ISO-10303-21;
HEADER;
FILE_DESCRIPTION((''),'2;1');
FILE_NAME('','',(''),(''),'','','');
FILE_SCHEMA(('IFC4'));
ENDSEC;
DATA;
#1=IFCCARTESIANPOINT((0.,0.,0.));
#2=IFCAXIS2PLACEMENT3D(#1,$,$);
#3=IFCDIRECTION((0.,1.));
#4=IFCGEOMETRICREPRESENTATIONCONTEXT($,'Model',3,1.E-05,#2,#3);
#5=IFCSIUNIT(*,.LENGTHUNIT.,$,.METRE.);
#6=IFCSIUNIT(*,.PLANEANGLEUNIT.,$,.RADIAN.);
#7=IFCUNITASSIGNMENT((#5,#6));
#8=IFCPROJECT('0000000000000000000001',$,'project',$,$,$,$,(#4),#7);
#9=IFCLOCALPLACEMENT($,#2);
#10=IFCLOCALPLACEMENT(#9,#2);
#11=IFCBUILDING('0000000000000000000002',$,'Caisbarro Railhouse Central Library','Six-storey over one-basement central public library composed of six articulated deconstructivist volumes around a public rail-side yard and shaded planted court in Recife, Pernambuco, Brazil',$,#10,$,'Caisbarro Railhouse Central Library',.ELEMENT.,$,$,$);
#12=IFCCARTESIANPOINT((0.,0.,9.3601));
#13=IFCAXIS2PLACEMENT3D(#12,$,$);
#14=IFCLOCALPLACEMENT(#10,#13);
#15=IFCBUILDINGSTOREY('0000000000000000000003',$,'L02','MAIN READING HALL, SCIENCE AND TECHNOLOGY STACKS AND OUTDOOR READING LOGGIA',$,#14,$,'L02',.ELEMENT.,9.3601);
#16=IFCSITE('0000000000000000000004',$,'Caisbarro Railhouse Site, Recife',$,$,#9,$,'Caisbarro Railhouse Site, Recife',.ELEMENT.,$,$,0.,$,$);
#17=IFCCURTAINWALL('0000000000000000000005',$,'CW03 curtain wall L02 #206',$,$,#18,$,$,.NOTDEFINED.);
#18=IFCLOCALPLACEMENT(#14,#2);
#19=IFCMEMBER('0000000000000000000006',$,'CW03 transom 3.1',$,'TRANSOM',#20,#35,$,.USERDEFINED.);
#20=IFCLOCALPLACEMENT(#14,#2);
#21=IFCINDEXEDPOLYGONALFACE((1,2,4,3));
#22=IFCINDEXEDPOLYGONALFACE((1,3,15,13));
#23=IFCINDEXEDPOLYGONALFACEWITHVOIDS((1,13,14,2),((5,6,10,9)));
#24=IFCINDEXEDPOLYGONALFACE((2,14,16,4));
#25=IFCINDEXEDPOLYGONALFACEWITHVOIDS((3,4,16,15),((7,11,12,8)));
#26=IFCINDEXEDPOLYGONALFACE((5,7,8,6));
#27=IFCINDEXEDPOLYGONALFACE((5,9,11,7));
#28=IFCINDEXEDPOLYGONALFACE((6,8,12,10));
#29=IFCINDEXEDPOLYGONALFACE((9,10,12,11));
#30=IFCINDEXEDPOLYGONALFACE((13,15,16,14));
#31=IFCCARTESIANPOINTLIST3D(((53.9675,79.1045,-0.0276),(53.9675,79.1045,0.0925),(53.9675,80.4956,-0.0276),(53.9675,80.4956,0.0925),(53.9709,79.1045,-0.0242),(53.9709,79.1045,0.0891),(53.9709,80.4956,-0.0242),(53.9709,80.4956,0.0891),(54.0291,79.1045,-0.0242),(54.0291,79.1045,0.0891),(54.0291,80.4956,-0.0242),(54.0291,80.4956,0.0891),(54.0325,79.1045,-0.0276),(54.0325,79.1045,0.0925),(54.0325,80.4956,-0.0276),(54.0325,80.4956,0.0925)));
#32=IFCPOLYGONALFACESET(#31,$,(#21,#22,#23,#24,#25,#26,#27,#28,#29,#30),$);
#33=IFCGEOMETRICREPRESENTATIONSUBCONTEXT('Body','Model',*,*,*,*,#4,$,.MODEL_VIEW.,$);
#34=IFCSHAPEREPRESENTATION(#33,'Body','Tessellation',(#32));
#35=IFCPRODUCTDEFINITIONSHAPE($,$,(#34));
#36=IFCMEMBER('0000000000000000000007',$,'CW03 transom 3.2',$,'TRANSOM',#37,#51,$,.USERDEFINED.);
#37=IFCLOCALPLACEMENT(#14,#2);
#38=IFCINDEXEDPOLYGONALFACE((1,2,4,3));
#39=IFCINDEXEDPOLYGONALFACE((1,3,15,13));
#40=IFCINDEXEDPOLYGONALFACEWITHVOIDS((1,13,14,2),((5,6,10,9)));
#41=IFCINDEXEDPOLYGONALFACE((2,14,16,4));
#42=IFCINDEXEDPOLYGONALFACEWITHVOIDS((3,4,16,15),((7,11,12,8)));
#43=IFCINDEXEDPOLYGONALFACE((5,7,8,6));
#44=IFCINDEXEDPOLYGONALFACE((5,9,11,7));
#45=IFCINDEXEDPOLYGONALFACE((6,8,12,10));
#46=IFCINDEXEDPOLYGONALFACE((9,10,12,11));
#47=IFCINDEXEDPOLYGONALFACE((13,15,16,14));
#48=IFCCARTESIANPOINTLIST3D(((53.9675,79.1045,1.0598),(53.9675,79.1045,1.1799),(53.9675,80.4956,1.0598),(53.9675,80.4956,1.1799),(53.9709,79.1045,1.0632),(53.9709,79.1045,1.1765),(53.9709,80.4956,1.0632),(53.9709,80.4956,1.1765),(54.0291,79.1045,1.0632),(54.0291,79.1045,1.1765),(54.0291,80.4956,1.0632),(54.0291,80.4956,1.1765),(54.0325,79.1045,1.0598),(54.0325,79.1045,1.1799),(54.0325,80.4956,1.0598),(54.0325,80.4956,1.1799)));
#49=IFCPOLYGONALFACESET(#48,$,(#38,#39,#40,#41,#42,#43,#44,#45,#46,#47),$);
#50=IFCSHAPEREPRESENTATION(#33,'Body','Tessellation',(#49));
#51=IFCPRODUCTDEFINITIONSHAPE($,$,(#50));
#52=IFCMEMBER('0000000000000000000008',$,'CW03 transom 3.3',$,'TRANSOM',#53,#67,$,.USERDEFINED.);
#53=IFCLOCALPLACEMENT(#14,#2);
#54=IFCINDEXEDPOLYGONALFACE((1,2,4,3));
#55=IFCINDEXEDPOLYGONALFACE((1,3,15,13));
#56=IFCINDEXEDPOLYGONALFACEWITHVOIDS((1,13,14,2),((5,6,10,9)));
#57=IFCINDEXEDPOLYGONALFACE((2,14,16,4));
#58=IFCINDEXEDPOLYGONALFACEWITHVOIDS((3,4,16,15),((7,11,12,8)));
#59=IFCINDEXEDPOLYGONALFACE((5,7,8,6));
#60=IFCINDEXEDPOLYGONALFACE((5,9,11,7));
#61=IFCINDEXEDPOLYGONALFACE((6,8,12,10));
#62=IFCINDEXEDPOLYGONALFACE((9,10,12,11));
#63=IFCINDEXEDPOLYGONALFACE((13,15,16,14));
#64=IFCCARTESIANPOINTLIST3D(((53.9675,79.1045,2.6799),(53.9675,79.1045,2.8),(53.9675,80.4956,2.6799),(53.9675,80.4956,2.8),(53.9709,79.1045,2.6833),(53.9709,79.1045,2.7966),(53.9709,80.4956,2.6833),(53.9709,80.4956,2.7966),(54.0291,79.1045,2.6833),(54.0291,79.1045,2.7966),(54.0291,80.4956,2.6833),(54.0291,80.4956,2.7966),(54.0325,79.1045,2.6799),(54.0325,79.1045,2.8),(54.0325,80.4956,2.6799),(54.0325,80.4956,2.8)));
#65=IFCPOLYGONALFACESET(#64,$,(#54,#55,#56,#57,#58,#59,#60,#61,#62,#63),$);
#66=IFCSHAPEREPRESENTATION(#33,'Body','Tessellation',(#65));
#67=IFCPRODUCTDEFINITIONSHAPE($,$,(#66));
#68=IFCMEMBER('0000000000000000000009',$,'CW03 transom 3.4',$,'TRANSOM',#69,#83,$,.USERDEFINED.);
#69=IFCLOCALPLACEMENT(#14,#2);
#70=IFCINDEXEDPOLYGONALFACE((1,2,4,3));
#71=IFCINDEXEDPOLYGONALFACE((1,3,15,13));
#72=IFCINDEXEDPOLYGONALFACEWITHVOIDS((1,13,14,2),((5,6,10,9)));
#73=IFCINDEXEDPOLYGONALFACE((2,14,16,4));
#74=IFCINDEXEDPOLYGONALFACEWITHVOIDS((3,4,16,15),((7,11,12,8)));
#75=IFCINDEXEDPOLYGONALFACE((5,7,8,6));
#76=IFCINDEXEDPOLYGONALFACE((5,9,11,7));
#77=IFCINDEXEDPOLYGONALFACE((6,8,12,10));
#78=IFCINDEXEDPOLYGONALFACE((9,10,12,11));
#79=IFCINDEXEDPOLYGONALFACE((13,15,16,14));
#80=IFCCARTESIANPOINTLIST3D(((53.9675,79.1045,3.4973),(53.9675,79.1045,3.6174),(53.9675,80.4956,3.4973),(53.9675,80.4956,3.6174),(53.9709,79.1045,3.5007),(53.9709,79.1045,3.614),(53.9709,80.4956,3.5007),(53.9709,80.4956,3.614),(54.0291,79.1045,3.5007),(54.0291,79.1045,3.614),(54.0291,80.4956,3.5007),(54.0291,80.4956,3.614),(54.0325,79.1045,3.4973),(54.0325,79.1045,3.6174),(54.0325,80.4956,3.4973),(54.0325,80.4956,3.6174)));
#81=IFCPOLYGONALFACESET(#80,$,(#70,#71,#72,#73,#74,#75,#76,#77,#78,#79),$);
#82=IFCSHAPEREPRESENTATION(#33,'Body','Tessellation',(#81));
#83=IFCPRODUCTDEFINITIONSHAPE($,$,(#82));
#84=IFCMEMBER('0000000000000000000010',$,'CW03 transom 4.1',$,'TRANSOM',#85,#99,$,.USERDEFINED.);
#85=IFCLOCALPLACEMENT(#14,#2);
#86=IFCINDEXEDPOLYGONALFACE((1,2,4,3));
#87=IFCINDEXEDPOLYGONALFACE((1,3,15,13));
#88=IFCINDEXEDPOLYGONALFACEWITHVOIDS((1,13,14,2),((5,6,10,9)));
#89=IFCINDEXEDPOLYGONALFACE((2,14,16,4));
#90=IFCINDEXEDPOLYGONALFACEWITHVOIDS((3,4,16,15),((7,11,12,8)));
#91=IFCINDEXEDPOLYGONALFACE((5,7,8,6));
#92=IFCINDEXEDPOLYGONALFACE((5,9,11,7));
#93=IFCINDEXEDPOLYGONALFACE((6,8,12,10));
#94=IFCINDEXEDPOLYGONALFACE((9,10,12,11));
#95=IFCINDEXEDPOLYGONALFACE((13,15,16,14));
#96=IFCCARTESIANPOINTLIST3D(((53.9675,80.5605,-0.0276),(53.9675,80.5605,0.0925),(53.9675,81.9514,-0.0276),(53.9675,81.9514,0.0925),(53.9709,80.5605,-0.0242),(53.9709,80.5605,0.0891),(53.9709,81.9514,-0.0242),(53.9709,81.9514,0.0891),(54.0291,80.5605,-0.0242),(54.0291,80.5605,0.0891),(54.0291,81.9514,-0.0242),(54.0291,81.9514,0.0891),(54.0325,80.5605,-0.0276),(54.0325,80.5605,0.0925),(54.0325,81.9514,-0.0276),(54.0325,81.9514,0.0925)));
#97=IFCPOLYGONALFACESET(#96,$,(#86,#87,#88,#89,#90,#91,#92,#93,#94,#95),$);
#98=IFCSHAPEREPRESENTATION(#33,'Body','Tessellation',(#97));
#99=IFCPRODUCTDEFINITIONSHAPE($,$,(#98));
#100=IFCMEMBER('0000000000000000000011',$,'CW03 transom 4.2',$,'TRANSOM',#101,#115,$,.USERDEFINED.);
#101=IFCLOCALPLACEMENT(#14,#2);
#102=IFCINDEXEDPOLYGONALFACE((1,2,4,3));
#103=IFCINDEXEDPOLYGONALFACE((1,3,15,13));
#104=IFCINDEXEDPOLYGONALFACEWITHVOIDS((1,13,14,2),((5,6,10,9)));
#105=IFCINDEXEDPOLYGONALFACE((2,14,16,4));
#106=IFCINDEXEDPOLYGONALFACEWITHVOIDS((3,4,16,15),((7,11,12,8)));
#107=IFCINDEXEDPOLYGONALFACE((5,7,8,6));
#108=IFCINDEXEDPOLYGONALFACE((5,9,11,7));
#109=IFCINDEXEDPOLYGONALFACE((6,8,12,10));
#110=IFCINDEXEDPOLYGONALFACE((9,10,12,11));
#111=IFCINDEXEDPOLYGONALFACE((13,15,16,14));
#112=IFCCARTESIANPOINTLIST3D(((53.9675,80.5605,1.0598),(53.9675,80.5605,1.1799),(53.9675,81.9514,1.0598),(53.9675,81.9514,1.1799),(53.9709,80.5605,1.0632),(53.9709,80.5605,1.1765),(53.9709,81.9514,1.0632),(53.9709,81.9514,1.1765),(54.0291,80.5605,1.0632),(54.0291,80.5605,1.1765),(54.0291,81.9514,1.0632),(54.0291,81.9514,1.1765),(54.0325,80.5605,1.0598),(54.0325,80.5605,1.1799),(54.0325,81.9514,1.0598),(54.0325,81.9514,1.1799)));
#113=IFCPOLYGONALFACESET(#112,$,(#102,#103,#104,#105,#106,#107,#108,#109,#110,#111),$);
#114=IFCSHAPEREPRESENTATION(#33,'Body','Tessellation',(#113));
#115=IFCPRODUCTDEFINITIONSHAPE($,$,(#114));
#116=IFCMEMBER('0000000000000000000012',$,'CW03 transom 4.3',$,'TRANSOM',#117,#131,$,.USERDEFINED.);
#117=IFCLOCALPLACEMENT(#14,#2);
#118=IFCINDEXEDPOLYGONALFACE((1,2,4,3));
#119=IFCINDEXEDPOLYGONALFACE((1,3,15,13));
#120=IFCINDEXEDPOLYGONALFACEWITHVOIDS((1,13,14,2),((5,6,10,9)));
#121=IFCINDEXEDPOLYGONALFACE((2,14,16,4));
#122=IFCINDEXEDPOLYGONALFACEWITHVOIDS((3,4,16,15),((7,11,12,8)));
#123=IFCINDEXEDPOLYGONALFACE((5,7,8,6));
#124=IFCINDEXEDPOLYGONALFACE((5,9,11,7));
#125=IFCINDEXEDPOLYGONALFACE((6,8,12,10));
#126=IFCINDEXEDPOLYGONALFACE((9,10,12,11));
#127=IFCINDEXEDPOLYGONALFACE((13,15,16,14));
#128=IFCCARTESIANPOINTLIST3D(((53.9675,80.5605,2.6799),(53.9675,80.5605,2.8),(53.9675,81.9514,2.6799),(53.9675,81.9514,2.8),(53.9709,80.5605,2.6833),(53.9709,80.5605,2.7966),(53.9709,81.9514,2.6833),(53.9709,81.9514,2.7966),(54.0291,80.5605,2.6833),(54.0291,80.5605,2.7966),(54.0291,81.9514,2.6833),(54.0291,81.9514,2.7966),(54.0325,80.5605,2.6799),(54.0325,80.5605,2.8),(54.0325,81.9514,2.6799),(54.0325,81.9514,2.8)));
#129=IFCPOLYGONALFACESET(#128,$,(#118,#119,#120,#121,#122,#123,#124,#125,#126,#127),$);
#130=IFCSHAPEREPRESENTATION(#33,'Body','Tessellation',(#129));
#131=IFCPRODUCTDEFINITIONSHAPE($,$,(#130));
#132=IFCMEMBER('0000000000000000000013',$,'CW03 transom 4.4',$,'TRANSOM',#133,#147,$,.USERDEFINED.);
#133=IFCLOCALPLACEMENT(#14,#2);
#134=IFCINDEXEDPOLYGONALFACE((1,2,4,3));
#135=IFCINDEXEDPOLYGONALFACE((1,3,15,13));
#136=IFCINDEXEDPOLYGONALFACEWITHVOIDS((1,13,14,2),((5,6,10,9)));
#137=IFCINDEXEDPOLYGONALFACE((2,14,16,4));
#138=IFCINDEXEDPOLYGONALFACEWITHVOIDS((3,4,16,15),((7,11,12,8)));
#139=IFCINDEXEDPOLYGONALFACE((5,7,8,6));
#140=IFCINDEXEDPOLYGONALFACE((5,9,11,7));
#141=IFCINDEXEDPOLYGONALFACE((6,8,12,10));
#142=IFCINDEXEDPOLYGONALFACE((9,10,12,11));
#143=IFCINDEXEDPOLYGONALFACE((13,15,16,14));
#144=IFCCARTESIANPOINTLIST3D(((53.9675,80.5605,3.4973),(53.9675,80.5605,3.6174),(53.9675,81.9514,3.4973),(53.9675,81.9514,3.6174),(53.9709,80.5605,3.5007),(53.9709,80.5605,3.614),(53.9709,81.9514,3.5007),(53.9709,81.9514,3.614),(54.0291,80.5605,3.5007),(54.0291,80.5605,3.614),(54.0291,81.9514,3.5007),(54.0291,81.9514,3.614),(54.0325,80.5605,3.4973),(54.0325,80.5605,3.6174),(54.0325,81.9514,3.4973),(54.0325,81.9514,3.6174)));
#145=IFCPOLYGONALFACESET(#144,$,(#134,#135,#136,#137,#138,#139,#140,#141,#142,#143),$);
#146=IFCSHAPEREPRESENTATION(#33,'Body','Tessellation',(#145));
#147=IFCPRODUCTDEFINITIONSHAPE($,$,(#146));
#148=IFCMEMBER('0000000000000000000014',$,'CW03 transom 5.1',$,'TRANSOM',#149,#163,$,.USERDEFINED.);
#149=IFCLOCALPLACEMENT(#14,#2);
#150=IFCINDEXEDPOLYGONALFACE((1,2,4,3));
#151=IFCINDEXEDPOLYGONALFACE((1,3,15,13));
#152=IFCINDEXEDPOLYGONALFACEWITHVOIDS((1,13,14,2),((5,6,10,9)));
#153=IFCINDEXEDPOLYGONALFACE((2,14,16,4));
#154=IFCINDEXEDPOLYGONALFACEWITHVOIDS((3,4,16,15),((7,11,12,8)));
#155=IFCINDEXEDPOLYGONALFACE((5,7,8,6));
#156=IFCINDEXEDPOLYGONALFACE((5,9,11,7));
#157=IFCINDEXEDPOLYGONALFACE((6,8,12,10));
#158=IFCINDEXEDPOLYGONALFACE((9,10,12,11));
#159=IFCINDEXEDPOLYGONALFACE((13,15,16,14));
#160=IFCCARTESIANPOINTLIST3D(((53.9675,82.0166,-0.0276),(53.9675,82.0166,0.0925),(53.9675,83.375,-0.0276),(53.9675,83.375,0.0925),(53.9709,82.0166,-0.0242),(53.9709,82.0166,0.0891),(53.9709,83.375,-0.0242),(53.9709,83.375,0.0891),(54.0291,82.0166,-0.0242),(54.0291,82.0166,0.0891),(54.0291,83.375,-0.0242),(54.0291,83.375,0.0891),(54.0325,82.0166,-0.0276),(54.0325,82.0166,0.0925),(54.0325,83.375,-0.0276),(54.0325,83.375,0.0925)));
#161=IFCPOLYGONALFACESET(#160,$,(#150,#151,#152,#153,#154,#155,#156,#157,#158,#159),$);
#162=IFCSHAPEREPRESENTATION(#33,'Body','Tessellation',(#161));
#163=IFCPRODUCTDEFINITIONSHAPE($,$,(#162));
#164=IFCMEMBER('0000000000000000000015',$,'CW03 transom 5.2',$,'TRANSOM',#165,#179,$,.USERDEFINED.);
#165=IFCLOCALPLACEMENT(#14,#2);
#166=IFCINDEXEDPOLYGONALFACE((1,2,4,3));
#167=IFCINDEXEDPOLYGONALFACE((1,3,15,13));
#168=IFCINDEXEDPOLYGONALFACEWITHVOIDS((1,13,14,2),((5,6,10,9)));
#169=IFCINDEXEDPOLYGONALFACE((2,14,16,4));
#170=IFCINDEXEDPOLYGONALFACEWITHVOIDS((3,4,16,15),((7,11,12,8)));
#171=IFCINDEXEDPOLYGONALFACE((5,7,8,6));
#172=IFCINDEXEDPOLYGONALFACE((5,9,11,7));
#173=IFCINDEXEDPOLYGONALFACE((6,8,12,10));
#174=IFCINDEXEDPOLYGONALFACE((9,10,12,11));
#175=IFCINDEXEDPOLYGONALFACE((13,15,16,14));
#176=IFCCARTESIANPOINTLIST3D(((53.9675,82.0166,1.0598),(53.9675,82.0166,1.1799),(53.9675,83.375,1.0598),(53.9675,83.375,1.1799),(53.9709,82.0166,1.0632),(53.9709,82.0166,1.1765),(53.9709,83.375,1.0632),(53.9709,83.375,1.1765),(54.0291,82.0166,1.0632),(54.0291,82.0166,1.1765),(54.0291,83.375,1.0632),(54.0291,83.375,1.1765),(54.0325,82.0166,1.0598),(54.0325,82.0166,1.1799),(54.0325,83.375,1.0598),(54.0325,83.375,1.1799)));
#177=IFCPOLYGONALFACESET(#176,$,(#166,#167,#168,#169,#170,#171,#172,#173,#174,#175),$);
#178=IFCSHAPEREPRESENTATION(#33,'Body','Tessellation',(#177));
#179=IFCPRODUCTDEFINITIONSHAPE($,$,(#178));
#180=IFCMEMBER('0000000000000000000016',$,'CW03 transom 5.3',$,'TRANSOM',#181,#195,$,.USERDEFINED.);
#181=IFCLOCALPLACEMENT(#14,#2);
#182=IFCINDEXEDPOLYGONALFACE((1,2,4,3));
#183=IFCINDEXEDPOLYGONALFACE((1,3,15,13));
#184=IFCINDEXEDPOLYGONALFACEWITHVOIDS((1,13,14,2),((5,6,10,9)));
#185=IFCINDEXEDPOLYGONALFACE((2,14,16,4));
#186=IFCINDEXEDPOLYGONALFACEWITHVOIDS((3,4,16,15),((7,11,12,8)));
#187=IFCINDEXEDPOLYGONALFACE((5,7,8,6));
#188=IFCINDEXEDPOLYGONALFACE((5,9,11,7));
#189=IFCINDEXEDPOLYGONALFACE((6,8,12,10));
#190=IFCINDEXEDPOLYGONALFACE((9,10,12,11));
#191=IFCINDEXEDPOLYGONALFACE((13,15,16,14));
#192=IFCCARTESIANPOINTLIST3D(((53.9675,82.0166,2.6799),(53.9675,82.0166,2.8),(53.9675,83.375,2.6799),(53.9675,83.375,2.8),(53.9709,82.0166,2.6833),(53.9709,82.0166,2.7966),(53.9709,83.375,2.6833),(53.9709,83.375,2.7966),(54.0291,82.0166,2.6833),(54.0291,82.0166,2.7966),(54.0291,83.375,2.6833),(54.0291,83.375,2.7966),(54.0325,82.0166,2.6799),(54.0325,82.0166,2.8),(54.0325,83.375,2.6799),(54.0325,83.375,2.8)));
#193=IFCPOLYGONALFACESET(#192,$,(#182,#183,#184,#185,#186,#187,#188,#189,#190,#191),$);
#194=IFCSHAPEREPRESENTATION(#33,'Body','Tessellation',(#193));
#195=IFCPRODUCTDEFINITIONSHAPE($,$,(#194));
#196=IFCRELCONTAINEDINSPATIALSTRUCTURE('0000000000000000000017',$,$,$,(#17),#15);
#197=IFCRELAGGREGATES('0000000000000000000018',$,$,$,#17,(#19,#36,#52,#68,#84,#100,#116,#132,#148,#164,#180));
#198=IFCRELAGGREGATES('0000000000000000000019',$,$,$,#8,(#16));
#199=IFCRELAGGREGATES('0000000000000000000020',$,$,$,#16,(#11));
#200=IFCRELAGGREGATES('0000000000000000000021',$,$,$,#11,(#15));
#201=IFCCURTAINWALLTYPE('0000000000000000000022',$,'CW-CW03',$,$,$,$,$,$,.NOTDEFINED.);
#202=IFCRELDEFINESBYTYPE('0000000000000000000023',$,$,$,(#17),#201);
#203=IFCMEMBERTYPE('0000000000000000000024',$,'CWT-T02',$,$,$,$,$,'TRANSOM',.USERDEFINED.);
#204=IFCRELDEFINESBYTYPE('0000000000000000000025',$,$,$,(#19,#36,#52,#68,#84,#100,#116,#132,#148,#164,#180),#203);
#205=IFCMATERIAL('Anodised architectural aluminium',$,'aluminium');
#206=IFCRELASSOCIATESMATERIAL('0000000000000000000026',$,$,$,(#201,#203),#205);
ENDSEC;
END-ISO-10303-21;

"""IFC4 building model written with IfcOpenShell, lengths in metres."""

from ifc_helpers import new_model, si_unit, direction, frame, origin, origin_2d, place, context, subcontext, project, spatial, hollow_rectangle, extrude, material, material_profile, profile_set, type_object, element, aggregate, save


model = new_model("IFC4")

# Units and contexts
model_context = context("Model", 3, precision=1e-05, world=origin(), true_north=direction((0.0, 1.0)))
body_context = subcontext(model_context, "Body", "Model", "MODEL_VIEW")
ifc_project = project(units=[si_unit("LENGTHUNIT", "METRE"), si_unit("PLANEANGLEUNIT", "RADIAN")], contexts=[model_context])

# Site, building, storey
site_placement = place(None, origin())
site = spatial("IfcSite", under=ifc_project, at=site_placement, Name="Caisbarro Railhouse Site, Recife", LongName="Caisbarro Railhouse Site, Recife", CompositionType="ELEMENT", RefElevation=0.0)
building_placement = place(site_placement, origin())
building = spatial("IfcBuilding", under=site, at=building_placement, Name="Caisbarro Railhouse Central Library", Description="Six-storey over one-basement central public library composed of six articulated deconstructivist volumes around a public rail-side yard and shaded planted court in Recife, Pernambuco, Brazil", LongName="Caisbarro Railhouse Central Library", CompositionType="ELEMENT")
storey_placement = place(building_placement, frame((0.0, 0.0, 9.3601)))
storey = spatial("IfcBuildingStorey", under=building, at=storey_placement, Name="L02", Description="MAIN READING HALL, SCIENCE AND TECHNOLOGY STACKS AND OUTDOOR READING LOGGIA", LongName="L02", CompositionType="ELEMENT", Elevation=9.3601)

# Curtain wall, members
ifc_material_1 = material(Name="Anodised architectural aluminium", Category="aluminium")
curtain_wall_type = type_object("IfcCurtainWallType", Name="CW-CW03", PredefinedType="NOTDEFINED", material=ifc_material_1)
curtain_wall_placement = place(storey_placement, origin())
curtain_wall = element("IfcCurtainWall", 1, at=curtain_wall_placement, inside=storey, type_object=curtain_wall_type, Name="CW03 curtain wall L02 #206", PredefinedType="NOTDEFINED")
ifc_material_profile_1 = material_profile(ifc_material_1, hollow_rectangle(XDim=0.0649, YDim=0.1201, WallThickness=0.0034, at=origin_2d()), Name="ALU-TRN-65X120")
ifc_profile_set_1 = profile_set([ifc_material_profile_1], Name="Anodised architectural aluminium")
member_type_1 = type_object("IfcMemberType", Name="CWT-T02", ElementType="TRANSOM", PredefinedType="USERDEFINED", material=ifc_profile_set_1)
member_1_placement = place(storey_placement, frame((54.0, 79.1045, 0.0325), z_axis=(0.0, 1.0, 0.0), x_axis=(-1.0, 0.0, 0.0)))
member_1 = element("IfcMember", 2, at=member_1_placement, type_object=member_type_1, Name="CW03 transom 3.1", ObjectType="TRANSOM", PredefinedType="USERDEFINED", context=body_context, shape_type="SweptSolid", body=[
    extrude(hollow_rectangle(XDim=0.0649, YDim=0.1201, WallThickness=0.0034, at=origin_2d()), origin(), (0.0, 0.0, 1.0), 1.3911),
])
member_2_placement = place(storey_placement, frame((54.0, 79.1045, 1.1199), z_axis=(0.0, 1.0, 0.0), x_axis=(-1.0, 0.0, 0.0)))
member_2 = element("IfcMember", 3, at=member_2_placement, type_object=member_type_1, Name="CW03 transom 3.2", ObjectType="TRANSOM", PredefinedType="USERDEFINED", context=body_context, shape_type="SweptSolid", body=[
    extrude(hollow_rectangle(XDim=0.0649, YDim=0.1201, WallThickness=0.0034, at=origin_2d()), origin(), (0.0, 0.0, 1.0), 1.3911),
])
member_3_placement = place(storey_placement, frame((54.0, 79.1045, 2.74), z_axis=(0.0, 1.0, 0.0), x_axis=(-1.0, 0.0, 0.0)))
member_3 = element("IfcMember", 4, at=member_3_placement, type_object=member_type_1, Name="CW03 transom 3.3", ObjectType="TRANSOM", PredefinedType="USERDEFINED", context=body_context, shape_type="SweptSolid", body=[
    extrude(hollow_rectangle(XDim=0.0649, YDim=0.1201, WallThickness=0.0034, at=origin_2d()), origin(), (0.0, 0.0, 1.0), 1.3911),
])
member_4_placement = place(storey_placement, frame((54.0, 79.1045, 3.5574), z_axis=(0.0, 1.0, 0.0), x_axis=(-1.0, 0.0, 0.0)))
member_4 = element("IfcMember", 5, at=member_4_placement, type_object=member_type_1, Name="CW03 transom 3.4", ObjectType="TRANSOM", PredefinedType="USERDEFINED", context=body_context, shape_type="SweptSolid", body=[
    extrude(hollow_rectangle(XDim=0.0649, YDim=0.1201, WallThickness=0.0034, at=origin_2d()), origin(), (0.0, 0.0, 1.0), 1.3911),
])
member_5_placement = place(storey_placement, frame((54.0, 80.5605, 0.0325), z_axis=(0.0, 1.0, 0.0), x_axis=(-1.0, 0.0, 0.0)))
member_5 = element("IfcMember", 6, at=member_5_placement, type_object=member_type_1, Name="CW03 transom 4.1", ObjectType="TRANSOM", PredefinedType="USERDEFINED", context=body_context, shape_type="SweptSolid", body=[
    extrude(hollow_rectangle(XDim=0.0649, YDim=0.1201, WallThickness=0.0034, at=origin_2d()), origin(), (0.0, 0.0, 1.0), 1.3909),
])
member_6_placement = place(storey_placement, frame((54.0, 80.5605, 1.1199), z_axis=(0.0, 1.0, 0.0), x_axis=(-1.0, 0.0, 0.0)))
member_6 = element("IfcMember", 7, at=member_6_placement, type_object=member_type_1, Name="CW03 transom 4.2", ObjectType="TRANSOM", PredefinedType="USERDEFINED", context=body_context, shape_type="SweptSolid", body=[
    extrude(hollow_rectangle(XDim=0.0649, YDim=0.1201, WallThickness=0.0034, at=origin_2d()), origin(), (0.0, 0.0, 1.0), 1.3909),
])
member_7_placement = place(storey_placement, frame((54.0, 80.5605, 2.74), z_axis=(0.0, 1.0, 0.0), x_axis=(-1.0, 0.0, 0.0)))
member_7 = element("IfcMember", 8, at=member_7_placement, type_object=member_type_1, Name="CW03 transom 4.3", ObjectType="TRANSOM", PredefinedType="USERDEFINED", context=body_context, shape_type="SweptSolid", body=[
    extrude(hollow_rectangle(XDim=0.0649, YDim=0.1201, WallThickness=0.0034, at=origin_2d()), origin(), (0.0, 0.0, 1.0), 1.3909),
])
member_8_placement = place(storey_placement, frame((54.0, 80.5605, 3.5574), z_axis=(0.0, 1.0, 0.0), x_axis=(-1.0, 0.0, 0.0)))
member_8 = element("IfcMember", 9, at=member_8_placement, type_object=member_type_1, Name="CW03 transom 4.4", ObjectType="TRANSOM", PredefinedType="USERDEFINED", context=body_context, shape_type="SweptSolid", body=[
    extrude(hollow_rectangle(XDim=0.0649, YDim=0.1201, WallThickness=0.0034, at=origin_2d()), origin(), (0.0, 0.0, 1.0), 1.3909),
])
member_9_placement = place(storey_placement, frame((54.0, 82.0166, 0.0325), z_axis=(0.0, 1.0, 0.0), x_axis=(-1.0, 0.0, 0.0)))
member_9 = element("IfcMember", 10, at=member_9_placement, type_object=member_type_1, Name="CW03 transom 5.1", ObjectType="TRANSOM", PredefinedType="USERDEFINED", context=body_context, shape_type="SweptSolid", body=[
    extrude(hollow_rectangle(XDim=0.0649, YDim=0.1201, WallThickness=0.0034, at=origin_2d()), origin(), (0.0, 0.0, 1.0), 1.3584),
])
member_10_placement = place(storey_placement, frame((54.0, 82.0166, 1.1199), z_axis=(0.0, 1.0, 0.0), x_axis=(-1.0, 0.0, 0.0)))
member_10 = element("IfcMember", 11, at=member_10_placement, type_object=member_type_1, Name="CW03 transom 5.2", ObjectType="TRANSOM", PredefinedType="USERDEFINED", context=body_context, shape_type="SweptSolid", body=[
    extrude(hollow_rectangle(XDim=0.0649, YDim=0.1201, WallThickness=0.0034, at=origin_2d()), origin(), (0.0, 0.0, 1.0), 1.3584),
])
member_11_placement = place(storey_placement, frame((54.0, 82.0166, 2.74), z_axis=(0.0, 1.0, 0.0), x_axis=(-1.0, 0.0, 0.0)))
member_11 = element("IfcMember", 12, at=member_11_placement, type_object=member_type_1, Name="CW03 transom 5.3", ObjectType="TRANSOM", PredefinedType="USERDEFINED", context=body_context, shape_type="SweptSolid", body=[
    extrude(hollow_rectangle(XDim=0.0649, YDim=0.1201, WallThickness=0.0034, at=origin_2d()), origin(), (0.0, 0.0, 1.0), 1.3584),
])
aggregate(curtain_wall, [member_1, member_2, member_3, member_4, member_5, member_6, member_7, member_8, member_9, member_10, member_11])

save(model, "model.ifc")
